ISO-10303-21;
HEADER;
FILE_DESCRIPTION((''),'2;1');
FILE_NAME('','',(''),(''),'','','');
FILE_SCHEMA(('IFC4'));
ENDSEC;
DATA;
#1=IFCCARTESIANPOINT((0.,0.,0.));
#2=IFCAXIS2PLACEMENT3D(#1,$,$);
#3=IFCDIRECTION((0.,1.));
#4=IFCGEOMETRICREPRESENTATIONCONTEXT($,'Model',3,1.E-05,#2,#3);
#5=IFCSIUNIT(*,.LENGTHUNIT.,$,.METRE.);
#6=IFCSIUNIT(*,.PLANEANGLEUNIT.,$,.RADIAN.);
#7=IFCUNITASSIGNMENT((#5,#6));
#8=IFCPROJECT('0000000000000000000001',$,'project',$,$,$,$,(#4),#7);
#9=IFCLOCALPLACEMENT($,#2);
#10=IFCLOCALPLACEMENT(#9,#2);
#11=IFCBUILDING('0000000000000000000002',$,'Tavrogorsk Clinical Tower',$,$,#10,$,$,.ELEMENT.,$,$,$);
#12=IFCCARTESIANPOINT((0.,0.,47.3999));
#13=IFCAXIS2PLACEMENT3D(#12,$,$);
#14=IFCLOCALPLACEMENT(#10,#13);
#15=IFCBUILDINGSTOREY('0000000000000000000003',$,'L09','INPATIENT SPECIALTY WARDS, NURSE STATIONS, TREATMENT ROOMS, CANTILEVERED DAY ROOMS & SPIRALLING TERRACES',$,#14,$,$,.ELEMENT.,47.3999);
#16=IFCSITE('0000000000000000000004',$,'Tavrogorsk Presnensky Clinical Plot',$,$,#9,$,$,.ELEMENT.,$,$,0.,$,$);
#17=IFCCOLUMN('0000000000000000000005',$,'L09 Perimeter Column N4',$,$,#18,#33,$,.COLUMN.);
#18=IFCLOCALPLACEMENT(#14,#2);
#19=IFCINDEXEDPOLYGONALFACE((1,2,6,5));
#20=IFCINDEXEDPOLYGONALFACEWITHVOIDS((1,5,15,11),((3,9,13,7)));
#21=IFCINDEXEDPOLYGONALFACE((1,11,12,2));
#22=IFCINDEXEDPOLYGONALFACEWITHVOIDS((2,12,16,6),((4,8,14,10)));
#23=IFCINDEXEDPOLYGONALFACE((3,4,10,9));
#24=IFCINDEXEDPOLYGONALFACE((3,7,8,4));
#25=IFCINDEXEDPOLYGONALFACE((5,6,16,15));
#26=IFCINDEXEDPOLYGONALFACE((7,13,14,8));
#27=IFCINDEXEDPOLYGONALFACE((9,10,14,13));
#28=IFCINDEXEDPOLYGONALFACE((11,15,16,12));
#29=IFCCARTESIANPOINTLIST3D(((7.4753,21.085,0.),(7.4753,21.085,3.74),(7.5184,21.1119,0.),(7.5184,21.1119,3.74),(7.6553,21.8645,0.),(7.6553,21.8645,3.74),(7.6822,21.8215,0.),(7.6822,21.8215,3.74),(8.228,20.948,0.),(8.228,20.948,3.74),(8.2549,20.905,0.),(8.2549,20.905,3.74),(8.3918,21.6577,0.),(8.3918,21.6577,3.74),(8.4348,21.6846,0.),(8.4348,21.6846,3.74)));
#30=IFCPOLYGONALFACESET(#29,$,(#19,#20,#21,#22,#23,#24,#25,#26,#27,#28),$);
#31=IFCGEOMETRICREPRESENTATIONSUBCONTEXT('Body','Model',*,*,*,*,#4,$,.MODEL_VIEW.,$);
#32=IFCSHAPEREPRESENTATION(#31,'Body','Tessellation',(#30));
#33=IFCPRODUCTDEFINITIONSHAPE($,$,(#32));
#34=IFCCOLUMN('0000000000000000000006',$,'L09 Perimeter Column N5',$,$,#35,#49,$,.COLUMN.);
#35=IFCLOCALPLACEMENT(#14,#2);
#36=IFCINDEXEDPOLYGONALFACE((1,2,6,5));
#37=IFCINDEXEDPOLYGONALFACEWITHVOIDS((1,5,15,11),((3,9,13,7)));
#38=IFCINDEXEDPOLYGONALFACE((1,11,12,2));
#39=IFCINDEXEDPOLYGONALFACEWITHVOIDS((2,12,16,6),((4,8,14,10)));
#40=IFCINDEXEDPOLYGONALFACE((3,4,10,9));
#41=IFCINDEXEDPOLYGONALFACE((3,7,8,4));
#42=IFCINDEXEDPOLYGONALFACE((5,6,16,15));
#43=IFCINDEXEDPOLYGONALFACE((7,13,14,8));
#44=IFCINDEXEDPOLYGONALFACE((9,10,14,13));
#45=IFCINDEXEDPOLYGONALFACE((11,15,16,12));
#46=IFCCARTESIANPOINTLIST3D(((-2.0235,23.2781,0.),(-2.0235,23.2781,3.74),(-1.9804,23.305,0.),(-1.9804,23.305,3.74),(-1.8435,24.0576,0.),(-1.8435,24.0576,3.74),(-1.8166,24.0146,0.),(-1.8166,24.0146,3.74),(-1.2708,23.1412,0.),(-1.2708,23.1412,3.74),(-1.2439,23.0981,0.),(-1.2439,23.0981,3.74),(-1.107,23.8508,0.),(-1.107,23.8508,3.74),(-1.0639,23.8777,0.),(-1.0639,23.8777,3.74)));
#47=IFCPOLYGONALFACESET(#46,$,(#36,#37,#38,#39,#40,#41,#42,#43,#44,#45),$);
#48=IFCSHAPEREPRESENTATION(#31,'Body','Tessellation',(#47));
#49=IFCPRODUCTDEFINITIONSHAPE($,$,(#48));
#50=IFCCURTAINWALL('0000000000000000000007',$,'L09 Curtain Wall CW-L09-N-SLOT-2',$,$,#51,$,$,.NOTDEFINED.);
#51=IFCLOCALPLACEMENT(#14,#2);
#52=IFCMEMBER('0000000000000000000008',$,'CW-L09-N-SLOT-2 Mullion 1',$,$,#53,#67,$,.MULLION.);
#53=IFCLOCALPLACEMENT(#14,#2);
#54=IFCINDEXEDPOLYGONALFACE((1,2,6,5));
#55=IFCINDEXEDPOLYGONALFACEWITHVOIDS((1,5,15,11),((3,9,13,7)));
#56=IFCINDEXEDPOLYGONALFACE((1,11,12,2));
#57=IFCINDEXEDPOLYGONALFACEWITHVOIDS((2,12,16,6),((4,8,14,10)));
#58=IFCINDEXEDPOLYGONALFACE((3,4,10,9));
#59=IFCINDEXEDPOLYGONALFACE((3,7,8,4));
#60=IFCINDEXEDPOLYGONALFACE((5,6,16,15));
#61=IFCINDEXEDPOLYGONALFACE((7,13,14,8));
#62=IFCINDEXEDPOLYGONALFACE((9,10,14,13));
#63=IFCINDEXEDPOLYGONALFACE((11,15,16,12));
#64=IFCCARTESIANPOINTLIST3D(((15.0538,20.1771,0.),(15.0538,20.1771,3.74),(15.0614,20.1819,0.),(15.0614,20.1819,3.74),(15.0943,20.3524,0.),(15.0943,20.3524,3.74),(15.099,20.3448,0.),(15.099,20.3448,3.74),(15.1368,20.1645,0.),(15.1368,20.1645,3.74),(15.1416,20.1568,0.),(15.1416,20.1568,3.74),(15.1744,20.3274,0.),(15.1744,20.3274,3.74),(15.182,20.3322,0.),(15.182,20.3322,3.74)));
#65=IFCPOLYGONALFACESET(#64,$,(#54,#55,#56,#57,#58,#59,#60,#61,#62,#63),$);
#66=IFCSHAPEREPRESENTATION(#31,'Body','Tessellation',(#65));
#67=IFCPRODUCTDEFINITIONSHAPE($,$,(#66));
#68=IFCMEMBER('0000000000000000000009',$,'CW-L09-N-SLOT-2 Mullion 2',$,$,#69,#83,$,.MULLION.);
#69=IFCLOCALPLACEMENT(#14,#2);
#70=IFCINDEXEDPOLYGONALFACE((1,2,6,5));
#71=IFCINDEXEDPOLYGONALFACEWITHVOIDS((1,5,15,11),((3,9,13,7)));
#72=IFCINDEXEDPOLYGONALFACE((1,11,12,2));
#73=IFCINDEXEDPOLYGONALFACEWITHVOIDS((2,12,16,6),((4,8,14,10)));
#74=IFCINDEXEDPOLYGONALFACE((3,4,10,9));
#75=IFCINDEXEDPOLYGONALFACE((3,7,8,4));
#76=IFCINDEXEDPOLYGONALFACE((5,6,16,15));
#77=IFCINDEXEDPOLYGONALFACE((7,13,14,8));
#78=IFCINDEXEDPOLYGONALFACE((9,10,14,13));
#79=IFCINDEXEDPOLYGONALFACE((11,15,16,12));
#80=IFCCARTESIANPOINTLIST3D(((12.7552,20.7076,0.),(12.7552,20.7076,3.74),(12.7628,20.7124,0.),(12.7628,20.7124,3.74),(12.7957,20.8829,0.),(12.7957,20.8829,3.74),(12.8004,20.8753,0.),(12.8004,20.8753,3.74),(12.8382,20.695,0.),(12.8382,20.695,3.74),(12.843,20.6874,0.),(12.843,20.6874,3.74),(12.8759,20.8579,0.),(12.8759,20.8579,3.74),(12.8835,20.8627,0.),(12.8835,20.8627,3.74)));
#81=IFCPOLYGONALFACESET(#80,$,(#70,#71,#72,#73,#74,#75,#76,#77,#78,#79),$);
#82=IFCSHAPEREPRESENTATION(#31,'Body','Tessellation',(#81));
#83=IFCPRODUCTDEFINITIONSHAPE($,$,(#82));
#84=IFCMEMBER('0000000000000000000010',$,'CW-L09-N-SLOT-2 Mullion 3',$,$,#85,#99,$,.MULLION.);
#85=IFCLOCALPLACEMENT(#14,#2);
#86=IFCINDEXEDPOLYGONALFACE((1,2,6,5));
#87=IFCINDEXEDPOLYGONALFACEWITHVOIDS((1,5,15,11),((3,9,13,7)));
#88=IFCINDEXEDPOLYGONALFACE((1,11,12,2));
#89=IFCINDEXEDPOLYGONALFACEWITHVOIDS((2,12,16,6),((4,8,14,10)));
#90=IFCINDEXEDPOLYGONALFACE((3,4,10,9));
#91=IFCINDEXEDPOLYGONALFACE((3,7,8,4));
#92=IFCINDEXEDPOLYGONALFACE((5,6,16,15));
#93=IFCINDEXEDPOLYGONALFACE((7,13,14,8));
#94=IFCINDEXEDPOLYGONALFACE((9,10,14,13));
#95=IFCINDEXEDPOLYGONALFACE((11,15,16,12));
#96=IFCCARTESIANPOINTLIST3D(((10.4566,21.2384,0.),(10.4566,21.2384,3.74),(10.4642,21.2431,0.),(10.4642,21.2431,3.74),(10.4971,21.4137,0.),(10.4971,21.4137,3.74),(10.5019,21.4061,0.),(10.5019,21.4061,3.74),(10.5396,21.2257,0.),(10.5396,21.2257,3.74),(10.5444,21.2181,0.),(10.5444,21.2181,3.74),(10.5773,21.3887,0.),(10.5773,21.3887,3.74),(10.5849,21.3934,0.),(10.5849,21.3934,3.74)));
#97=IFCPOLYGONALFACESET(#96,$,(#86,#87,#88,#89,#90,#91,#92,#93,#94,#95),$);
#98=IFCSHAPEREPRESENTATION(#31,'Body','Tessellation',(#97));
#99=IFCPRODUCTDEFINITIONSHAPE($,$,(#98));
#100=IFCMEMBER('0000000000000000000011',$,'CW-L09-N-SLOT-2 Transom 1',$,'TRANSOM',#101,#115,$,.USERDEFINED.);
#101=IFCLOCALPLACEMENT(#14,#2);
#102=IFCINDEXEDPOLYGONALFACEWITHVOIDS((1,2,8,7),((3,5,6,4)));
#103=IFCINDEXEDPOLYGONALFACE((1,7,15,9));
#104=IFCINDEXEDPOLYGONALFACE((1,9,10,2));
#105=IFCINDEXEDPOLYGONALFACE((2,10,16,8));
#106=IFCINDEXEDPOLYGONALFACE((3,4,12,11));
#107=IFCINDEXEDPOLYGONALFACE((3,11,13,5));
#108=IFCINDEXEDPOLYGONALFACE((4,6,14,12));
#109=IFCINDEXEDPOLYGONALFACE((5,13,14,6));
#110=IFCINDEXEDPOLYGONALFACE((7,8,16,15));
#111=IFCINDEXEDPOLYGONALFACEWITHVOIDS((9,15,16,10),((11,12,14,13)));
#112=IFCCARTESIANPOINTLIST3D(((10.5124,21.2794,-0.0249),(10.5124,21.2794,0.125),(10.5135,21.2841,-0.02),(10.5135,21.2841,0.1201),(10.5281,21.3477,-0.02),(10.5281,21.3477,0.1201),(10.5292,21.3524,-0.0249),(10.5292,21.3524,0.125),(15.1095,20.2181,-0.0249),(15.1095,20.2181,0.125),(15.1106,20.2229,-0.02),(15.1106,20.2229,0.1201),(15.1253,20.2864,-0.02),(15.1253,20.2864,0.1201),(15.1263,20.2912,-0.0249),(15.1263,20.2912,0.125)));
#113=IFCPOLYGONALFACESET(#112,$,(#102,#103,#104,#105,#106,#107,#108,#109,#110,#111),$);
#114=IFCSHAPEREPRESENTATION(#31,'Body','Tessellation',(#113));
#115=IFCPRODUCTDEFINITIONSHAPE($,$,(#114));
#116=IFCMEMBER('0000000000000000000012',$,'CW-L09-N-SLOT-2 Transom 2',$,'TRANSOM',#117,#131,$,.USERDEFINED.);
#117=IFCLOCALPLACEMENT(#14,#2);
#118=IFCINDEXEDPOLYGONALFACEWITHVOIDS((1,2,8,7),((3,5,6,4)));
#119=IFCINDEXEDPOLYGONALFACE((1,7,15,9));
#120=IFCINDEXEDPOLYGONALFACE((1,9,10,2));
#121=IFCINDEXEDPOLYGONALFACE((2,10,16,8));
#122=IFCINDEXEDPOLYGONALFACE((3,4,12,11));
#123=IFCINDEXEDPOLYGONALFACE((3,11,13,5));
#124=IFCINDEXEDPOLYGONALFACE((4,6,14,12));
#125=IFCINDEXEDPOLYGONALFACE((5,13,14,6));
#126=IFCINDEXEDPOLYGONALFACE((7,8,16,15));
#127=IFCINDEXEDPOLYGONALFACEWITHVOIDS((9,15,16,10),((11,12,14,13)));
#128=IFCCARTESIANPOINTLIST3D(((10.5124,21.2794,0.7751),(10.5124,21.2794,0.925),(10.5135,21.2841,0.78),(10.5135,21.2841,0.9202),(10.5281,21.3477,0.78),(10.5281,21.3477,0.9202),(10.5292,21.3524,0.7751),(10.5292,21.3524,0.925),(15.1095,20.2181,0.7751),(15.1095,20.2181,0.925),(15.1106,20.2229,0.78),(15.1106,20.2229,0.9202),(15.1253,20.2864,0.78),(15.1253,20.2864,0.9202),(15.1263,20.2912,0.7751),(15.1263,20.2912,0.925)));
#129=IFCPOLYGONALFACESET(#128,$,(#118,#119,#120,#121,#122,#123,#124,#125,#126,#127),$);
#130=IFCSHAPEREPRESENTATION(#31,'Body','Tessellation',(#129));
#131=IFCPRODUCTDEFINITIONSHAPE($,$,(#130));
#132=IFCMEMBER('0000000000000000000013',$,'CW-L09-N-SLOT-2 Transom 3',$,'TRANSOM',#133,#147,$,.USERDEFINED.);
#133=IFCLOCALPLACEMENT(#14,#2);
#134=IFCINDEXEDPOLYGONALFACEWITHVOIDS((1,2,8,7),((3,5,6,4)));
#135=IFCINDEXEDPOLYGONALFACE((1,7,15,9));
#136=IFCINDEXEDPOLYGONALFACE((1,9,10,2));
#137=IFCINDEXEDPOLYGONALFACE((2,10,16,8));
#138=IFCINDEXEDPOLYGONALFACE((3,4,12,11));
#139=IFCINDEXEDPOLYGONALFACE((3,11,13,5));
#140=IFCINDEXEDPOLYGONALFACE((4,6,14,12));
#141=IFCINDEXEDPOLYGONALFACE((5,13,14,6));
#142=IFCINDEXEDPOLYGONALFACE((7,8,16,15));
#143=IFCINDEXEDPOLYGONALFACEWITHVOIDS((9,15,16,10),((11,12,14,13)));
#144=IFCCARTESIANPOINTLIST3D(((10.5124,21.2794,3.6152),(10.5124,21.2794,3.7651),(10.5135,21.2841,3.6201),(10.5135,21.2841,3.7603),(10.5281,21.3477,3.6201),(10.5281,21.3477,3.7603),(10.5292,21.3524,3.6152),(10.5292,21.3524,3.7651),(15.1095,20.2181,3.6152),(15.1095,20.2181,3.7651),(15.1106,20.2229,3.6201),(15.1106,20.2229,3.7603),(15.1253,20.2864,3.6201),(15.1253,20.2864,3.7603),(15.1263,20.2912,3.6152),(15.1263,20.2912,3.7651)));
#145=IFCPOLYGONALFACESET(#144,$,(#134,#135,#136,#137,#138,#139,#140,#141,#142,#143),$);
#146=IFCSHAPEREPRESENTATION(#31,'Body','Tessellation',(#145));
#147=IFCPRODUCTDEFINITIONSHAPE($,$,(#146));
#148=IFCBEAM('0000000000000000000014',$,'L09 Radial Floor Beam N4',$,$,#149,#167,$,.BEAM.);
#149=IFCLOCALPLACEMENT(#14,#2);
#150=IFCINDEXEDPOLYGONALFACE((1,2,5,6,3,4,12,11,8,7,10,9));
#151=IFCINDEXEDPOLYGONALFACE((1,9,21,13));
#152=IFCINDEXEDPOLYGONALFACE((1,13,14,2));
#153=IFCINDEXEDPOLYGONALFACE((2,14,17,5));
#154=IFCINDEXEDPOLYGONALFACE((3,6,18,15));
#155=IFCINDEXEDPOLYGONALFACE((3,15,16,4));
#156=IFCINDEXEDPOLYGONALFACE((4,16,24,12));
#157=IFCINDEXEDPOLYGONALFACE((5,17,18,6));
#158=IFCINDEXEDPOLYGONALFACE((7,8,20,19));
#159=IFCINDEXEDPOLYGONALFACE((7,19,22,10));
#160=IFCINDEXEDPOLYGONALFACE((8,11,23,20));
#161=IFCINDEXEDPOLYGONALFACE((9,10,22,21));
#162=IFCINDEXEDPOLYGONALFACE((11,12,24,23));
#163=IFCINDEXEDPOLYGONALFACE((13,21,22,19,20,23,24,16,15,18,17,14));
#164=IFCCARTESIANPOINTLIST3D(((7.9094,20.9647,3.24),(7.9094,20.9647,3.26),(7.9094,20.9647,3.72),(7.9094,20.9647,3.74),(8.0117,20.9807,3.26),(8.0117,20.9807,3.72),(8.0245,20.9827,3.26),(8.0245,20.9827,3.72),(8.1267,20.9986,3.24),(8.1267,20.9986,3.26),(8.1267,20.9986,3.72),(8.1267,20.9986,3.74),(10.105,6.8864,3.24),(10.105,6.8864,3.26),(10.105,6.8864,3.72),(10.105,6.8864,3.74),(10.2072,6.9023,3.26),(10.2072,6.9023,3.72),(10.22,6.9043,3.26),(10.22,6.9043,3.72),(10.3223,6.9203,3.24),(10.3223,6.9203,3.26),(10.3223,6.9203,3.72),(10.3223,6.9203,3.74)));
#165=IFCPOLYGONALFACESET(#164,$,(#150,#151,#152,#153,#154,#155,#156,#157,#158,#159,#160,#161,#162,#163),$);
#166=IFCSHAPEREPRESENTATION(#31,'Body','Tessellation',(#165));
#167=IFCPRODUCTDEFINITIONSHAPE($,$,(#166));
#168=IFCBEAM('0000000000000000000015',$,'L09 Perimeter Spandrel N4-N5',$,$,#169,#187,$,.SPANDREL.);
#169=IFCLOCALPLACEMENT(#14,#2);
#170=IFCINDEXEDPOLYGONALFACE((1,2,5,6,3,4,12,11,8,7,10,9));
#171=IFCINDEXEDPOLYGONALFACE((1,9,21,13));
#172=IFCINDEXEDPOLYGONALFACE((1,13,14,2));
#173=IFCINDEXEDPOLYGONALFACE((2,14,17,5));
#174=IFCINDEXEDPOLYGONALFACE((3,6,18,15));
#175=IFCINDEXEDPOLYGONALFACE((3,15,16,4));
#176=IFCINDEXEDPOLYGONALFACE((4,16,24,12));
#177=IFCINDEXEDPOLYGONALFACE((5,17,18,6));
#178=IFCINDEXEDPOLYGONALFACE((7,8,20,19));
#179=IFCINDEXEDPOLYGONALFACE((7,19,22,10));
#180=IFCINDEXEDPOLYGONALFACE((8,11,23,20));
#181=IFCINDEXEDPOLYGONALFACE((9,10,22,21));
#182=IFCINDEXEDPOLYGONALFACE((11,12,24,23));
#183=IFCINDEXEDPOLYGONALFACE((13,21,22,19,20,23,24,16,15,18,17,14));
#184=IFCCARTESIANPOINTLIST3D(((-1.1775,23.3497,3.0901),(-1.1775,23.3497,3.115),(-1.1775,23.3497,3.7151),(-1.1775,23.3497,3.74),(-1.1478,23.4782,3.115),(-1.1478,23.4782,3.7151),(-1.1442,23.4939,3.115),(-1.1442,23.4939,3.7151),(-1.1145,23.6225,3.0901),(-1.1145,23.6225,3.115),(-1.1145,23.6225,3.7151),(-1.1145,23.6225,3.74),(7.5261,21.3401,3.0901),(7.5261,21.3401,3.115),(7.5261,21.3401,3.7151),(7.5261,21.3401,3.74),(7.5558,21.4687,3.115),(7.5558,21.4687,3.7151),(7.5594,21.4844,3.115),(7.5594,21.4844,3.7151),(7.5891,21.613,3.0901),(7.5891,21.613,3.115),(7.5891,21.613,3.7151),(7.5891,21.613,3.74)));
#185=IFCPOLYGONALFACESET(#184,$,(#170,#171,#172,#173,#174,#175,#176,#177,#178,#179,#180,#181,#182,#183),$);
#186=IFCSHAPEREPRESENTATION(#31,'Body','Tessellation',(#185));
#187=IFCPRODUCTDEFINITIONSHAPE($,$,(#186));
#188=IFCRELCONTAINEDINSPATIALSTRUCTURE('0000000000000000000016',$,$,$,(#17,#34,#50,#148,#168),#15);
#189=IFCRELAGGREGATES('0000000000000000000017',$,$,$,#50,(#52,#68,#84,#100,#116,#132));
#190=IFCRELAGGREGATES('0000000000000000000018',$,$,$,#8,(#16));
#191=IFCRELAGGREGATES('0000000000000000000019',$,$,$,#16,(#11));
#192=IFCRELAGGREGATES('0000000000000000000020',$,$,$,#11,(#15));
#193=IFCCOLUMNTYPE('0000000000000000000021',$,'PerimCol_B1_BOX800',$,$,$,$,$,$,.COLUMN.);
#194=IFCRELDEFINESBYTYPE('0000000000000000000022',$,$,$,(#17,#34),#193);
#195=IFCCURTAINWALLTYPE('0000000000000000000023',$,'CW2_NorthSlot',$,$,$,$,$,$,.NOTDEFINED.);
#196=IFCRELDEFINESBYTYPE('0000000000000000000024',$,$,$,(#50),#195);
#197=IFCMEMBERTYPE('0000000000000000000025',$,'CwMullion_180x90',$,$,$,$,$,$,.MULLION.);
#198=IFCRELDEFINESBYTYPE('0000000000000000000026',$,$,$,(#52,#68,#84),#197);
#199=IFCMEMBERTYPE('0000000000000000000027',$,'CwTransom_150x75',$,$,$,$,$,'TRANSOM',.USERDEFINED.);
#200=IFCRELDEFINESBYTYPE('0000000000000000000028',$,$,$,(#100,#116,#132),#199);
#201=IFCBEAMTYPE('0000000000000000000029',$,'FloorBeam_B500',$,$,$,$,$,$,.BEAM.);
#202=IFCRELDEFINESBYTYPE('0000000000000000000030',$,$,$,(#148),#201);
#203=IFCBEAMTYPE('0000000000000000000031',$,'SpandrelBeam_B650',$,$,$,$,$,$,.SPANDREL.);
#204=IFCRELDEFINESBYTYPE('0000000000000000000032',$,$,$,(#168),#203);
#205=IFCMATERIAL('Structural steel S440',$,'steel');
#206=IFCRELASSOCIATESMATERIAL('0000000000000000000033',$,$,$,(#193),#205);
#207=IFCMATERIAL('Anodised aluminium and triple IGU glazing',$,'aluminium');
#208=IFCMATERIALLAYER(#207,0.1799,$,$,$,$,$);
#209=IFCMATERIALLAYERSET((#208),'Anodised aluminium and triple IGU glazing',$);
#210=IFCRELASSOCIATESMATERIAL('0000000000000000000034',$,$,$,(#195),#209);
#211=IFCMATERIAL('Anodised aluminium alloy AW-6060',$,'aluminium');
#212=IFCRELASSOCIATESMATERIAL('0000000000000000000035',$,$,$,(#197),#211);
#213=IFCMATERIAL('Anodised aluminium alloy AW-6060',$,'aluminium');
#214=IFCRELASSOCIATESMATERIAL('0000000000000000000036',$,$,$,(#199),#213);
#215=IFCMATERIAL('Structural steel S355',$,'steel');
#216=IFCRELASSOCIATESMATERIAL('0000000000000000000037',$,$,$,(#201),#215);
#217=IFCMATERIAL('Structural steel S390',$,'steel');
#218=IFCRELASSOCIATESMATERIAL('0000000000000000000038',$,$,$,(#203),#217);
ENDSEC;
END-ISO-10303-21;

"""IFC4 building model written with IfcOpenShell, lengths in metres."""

from ifc_helpers import new_model, si_unit, direction, frame, origin, origin_2d, place, context, subcontext, project, spatial, hollow_rectangle, i_section, extrude, material, layer, layer_set, material_profile, profile_set, type_object, element, aggregate, save


model = new_model("IFC4")

# Units and contexts
model_context = context("Model", 3, precision=1e-05, world=origin(), true_north=direction((0.0, 1.0)))
body_context = subcontext(model_context, "Body", "Model", "MODEL_VIEW")
ifc_project = project(units=[si_unit("LENGTHUNIT", "METRE"), si_unit("PLANEANGLEUNIT", "RADIAN")], contexts=[model_context])

# Site, building, storey
site_placement = place(None, origin())
site = spatial("IfcSite", under=ifc_project, at=site_placement, Name="Tavrogorsk Presnensky Clinical Plot", CompositionType="ELEMENT", RefElevation=0.0)
building_placement = place(site_placement, origin())
building = spatial("IfcBuilding", under=site, at=building_placement, Name="Tavrogorsk Clinical Tower", CompositionType="ELEMENT")
storey_placement = place(building_placement, frame((0.0, 0.0, 47.3999)))
storey = spatial("IfcBuildingStorey", under=building, at=storey_placement, Name="L09", Description="INPATIENT SPECIALTY WARDS, NURSE STATIONS, TREATMENT ROOMS, CANTILEVERED DAY ROOMS & SPIRALLING TERRACES", CompositionType="ELEMENT", Elevation=47.3999)

# Columns
ifc_material_1 = material(Name="Structural steel S440", Category="steel")
ifc_material_profile_1 = material_profile(ifc_material_1, hollow_rectangle(XDim=0.8, YDim=0.8, WallThickness=0.0359, at=origin_2d()), Name="BOX-800x800x36")
ifc_profile_set_1 = profile_set([ifc_material_profile_1], Name="Structural steel S440")
column_type = type_object("IfcColumnType", Name="PerimCol_B1_BOX800", PredefinedType="COLUMN", material=ifc_profile_set_1)
for number, where, z_axis, x_axis, name in (
    (1, (7.9551, 21.3848, 0.0), (0.0, 0.0, 1.0), (0.97437, -0.224951, 0.0), "L09 Perimeter Column N4"),
    (2, (-1.5437, 23.5779, 0.0), (0.0, 0.0, 1.0), (0.97437, -0.224951, 0.0), "L09 Perimeter Column N5"),
):
    element("IfcColumn", number, at=place(storey_placement, frame(where, z_axis=z_axis, x_axis=x_axis)), inside=storey, type_object=column_type, Name=name, PredefinedType="COLUMN", context=body_context, shape_type="SweptSolid", body=[
        extrude(hollow_rectangle(XDim=0.8, YDim=0.8, WallThickness=0.0359, at=origin_2d()), origin(), (0.0, 0.0, 1.0), 3.74),
    ])

# Curtain wall, members
ifc_material_2 = material(Name="Anodised aluminium and triple IGU glazing", Category="aluminium")
ifc_layer_1 = layer(ifc_material_2, 0.1799)
ifc_layer_set_1 = layer_set([ifc_layer_1], Name="Anodised aluminium and triple IGU glazing")
curtain_wall_type = type_object("IfcCurtainWallType", Name="CW2_NorthSlot", PredefinedType="NOTDEFINED", material=ifc_layer_set_1)
curtain_wall_placement = place(storey_placement, origin())
curtain_wall = element("IfcCurtainWall", 3, at=curtain_wall_placement, inside=storey, type_object=curtain_wall_type, Name="L09 Curtain Wall CW-L09-N-SLOT-2", PredefinedType="NOTDEFINED")
ifc_material_3 = material(Name="Anodised aluminium alloy AW-6060", Category="aluminium")
ifc_material_profile_2 = material_profile(ifc_material_3, hollow_rectangle(XDim=0.0901, YDim=0.1799, WallThickness=0.0063, at=origin_2d()), Name="RHS-180x90x6.3")
ifc_profile_set_2 = profile_set([ifc_material_profile_2], Name="Anodised aluminium alloy AW-6060")
member_type_1 = type_object("IfcMemberType", Name="CwMullion_180x90", PredefinedType="MULLION", material=ifc_profile_set_2)
member_1_placement = place(storey_placement, frame((15.1179, 20.2546, 0.0), z_axis=(0.0, 0.0, 1.0), x_axis=(-0.97437, 0.224951, 0.0)))
member_1 = element("IfcMember", 4, at=member_1_placement, type_object=member_type_1, Name="CW-L09-N-SLOT-2 Mullion 1", PredefinedType="MULLION", context=body_context, shape_type="SweptSolid", body=[
    extrude(hollow_rectangle(XDim=0.0901, YDim=0.1799, WallThickness=0.0063, at=origin_2d()), origin(), (0.0, 0.0, 1.0), 3.74),
])
member_2_placement = place(storey_placement, frame((12.8193, 20.7852, 0.0), z_axis=(0.0, 0.0, 1.0), x_axis=(-0.97437, 0.224951, 0.0)))
member_2 = element("IfcMember", 5, at=member_2_placement, type_object=member_type_1, Name="CW-L09-N-SLOT-2 Mullion 2", PredefinedType="MULLION", context=body_context, shape_type="SweptSolid", body=[
    extrude(hollow_rectangle(XDim=0.0901, YDim=0.1799, WallThickness=0.0063, at=origin_2d()), origin(), (0.0, 0.0, 1.0), 3.74),
])
member_3_placement = place(storey_placement, frame((10.5208, 21.3159, 0.0), z_axis=(0.0, 0.0, 1.0), x_axis=(-0.97437, 0.224951, 0.0)))
member_3 = element("IfcMember", 6, at=member_3_placement, type_object=member_type_1, Name="CW-L09-N-SLOT-2 Mullion 3", PredefinedType="MULLION", context=body_context, shape_type="SweptSolid", body=[
    extrude(hollow_rectangle(XDim=0.0901, YDim=0.1799, WallThickness=0.0063, at=origin_2d()), origin(), (0.0, 0.0, 1.0), 3.74),
])
ifc_material_4 = material(Name="Anodised aluminium alloy AW-6060", Category="aluminium")
ifc_material_profile_3 = material_profile(ifc_material_4, hollow_rectangle(XDim=0.075, YDim=0.1499, WallThickness=0.0049, at=origin_2d()), Name="RHS-150x75x5")
ifc_profile_set_3 = profile_set([ifc_material_profile_3], Name="Anodised aluminium alloy AW-6060")
member_type_2 = type_object("IfcMemberType", Name="CwTransom_150x75", ElementType="TRANSOM", PredefinedType="USERDEFINED", material=ifc_profile_set_3)
member_4_placement = place(storey_placement, frame((15.1179, 20.2546, 0.05), z_axis=(-0.974373, 0.224939, 0.0), x_axis=(-0.224939, -0.974373, 0.0)))
member_4 = element("IfcMember", 7, at=member_4_placement, type_object=member_type_2, Name="CW-L09-N-SLOT-2 Transom 1", ObjectType="TRANSOM", PredefinedType="USERDEFINED", context=body_context, shape_type="SweptSolid", body=[
    extrude(hollow_rectangle(XDim=0.075, YDim=0.1499, WallThickness=0.0049, at=origin_2d()), origin(), (0.0, 0.0, 1.0), 4.718),
])
member_5_placement = place(storey_placement, frame((15.1179, 20.2546, 0.8501), z_axis=(-0.974373, 0.224939, 0.0), x_axis=(-0.224939, -0.974373, 0.0)))
member_5 = element("IfcMember", 8, at=member_5_placement, type_object=member_type_2, Name="CW-L09-N-SLOT-2 Transom 2", ObjectType="TRANSOM", PredefinedType="USERDEFINED", context=body_context, shape_type="SweptSolid", body=[
    extrude(hollow_rectangle(XDim=0.075, YDim=0.1499, WallThickness=0.0049, at=origin_2d()), origin(), (0.0, 0.0, 1.0), 4.718),
])
member_6_placement = place(storey_placement, frame((15.1179, 20.2546, 3.6902), z_axis=(-0.974373, 0.224939, 0.0), x_axis=(-0.224939, -0.974373, 0.0)))
member_6 = element("IfcMember", 9, at=member_6_placement, type_object=member_type_2, Name="CW-L09-N-SLOT-2 Transom 3", ObjectType="TRANSOM", PredefinedType="USERDEFINED", context=body_context, shape_type="SweptSolid", body=[
    extrude(hollow_rectangle(XDim=0.075, YDim=0.1499, WallThickness=0.0049, at=origin_2d()), origin(), (0.0, 0.0, 1.0), 4.718),
])

# Beams
ifc_material_5 = material(Name="Structural steel S355", Category="steel")
ifc_material_profile_4 = material_profile(ifc_material_5, i_section(OverallWidth=0.22, OverallDepth=0.5, WebThickness=0.0129, FlangeThickness=0.02, at=origin_2d()), Name="B-500x220x13x20")
ifc_profile_set_4 = profile_set([ifc_material_profile_4], Name="Structural steel S355")
beam_type_1 = type_object("IfcBeamType", Name="FloorBeam_B500", PredefinedType="BEAM", material=ifc_profile_set_4)
beam_placement = place(storey_placement, frame((10.2136, 6.9033, 3.49), z_axis=(-0.15409, 0.988057, 0.0), x_axis=(-0.988057, -0.15409, 0.0)))
element("IfcBeam", 10, at=beam_placement, inside=storey, type_object=beam_type_1, Name="L09 Radial Floor Beam N4", PredefinedType="BEAM", context=body_context, shape_type="SweptSolid", body=[
    extrude(i_section(OverallWidth=0.22, OverallDepth=0.5, WebThickness=0.0129, FlangeThickness=0.02, at=origin_2d()), origin(), (0.0, 0.0, 1.0), 14.2485),
])
ifc_material_6 = material(Name="Structural steel S390", Category="steel")
ifc_material_profile_5 = material_profile(ifc_material_6, i_section(OverallWidth=0.28, OverallDepth=0.6499, WebThickness=0.0161, FlangeThickness=0.0249, at=origin_2d()), Name="B-650x280x16x25")
ifc_profile_set_5 = profile_set([ifc_material_profile_5], Name="Structural steel S390")
beam_type_2 = type_object("IfcBeamType", Name="SpandrelBeam_B650", PredefinedType="SPANDREL", material=ifc_profile_set_5)
for number, where, z_axis, x_axis, name in (
    (11, (7.5576, 21.4766, 3.415), (-0.974367, 0.224965, 0.0), (-0.224965, -0.974367, 0.0), "L09 Perimeter Spandrel N4-N5"),
):
    element("IfcBeam", number, at=place(storey_placement, frame(where, z_axis=z_axis, x_axis=x_axis)), inside=storey, type_object=beam_type_2, Name=name, PredefinedType="SPANDREL", context=body_context, shape_type="SweptSolid", body=[
        extrude(i_section(OverallWidth=0.28, OverallDepth=0.6499, WebThickness=0.0161, FlangeThickness=0.0249, at=origin_2d()), origin(), (0.0, 0.0, 1.0), 8.9326),
    ])

aggregate(curtain_wall, [member_1, member_2, member_3, member_4, member_5, member_6])

save(model, "model.ifc")
